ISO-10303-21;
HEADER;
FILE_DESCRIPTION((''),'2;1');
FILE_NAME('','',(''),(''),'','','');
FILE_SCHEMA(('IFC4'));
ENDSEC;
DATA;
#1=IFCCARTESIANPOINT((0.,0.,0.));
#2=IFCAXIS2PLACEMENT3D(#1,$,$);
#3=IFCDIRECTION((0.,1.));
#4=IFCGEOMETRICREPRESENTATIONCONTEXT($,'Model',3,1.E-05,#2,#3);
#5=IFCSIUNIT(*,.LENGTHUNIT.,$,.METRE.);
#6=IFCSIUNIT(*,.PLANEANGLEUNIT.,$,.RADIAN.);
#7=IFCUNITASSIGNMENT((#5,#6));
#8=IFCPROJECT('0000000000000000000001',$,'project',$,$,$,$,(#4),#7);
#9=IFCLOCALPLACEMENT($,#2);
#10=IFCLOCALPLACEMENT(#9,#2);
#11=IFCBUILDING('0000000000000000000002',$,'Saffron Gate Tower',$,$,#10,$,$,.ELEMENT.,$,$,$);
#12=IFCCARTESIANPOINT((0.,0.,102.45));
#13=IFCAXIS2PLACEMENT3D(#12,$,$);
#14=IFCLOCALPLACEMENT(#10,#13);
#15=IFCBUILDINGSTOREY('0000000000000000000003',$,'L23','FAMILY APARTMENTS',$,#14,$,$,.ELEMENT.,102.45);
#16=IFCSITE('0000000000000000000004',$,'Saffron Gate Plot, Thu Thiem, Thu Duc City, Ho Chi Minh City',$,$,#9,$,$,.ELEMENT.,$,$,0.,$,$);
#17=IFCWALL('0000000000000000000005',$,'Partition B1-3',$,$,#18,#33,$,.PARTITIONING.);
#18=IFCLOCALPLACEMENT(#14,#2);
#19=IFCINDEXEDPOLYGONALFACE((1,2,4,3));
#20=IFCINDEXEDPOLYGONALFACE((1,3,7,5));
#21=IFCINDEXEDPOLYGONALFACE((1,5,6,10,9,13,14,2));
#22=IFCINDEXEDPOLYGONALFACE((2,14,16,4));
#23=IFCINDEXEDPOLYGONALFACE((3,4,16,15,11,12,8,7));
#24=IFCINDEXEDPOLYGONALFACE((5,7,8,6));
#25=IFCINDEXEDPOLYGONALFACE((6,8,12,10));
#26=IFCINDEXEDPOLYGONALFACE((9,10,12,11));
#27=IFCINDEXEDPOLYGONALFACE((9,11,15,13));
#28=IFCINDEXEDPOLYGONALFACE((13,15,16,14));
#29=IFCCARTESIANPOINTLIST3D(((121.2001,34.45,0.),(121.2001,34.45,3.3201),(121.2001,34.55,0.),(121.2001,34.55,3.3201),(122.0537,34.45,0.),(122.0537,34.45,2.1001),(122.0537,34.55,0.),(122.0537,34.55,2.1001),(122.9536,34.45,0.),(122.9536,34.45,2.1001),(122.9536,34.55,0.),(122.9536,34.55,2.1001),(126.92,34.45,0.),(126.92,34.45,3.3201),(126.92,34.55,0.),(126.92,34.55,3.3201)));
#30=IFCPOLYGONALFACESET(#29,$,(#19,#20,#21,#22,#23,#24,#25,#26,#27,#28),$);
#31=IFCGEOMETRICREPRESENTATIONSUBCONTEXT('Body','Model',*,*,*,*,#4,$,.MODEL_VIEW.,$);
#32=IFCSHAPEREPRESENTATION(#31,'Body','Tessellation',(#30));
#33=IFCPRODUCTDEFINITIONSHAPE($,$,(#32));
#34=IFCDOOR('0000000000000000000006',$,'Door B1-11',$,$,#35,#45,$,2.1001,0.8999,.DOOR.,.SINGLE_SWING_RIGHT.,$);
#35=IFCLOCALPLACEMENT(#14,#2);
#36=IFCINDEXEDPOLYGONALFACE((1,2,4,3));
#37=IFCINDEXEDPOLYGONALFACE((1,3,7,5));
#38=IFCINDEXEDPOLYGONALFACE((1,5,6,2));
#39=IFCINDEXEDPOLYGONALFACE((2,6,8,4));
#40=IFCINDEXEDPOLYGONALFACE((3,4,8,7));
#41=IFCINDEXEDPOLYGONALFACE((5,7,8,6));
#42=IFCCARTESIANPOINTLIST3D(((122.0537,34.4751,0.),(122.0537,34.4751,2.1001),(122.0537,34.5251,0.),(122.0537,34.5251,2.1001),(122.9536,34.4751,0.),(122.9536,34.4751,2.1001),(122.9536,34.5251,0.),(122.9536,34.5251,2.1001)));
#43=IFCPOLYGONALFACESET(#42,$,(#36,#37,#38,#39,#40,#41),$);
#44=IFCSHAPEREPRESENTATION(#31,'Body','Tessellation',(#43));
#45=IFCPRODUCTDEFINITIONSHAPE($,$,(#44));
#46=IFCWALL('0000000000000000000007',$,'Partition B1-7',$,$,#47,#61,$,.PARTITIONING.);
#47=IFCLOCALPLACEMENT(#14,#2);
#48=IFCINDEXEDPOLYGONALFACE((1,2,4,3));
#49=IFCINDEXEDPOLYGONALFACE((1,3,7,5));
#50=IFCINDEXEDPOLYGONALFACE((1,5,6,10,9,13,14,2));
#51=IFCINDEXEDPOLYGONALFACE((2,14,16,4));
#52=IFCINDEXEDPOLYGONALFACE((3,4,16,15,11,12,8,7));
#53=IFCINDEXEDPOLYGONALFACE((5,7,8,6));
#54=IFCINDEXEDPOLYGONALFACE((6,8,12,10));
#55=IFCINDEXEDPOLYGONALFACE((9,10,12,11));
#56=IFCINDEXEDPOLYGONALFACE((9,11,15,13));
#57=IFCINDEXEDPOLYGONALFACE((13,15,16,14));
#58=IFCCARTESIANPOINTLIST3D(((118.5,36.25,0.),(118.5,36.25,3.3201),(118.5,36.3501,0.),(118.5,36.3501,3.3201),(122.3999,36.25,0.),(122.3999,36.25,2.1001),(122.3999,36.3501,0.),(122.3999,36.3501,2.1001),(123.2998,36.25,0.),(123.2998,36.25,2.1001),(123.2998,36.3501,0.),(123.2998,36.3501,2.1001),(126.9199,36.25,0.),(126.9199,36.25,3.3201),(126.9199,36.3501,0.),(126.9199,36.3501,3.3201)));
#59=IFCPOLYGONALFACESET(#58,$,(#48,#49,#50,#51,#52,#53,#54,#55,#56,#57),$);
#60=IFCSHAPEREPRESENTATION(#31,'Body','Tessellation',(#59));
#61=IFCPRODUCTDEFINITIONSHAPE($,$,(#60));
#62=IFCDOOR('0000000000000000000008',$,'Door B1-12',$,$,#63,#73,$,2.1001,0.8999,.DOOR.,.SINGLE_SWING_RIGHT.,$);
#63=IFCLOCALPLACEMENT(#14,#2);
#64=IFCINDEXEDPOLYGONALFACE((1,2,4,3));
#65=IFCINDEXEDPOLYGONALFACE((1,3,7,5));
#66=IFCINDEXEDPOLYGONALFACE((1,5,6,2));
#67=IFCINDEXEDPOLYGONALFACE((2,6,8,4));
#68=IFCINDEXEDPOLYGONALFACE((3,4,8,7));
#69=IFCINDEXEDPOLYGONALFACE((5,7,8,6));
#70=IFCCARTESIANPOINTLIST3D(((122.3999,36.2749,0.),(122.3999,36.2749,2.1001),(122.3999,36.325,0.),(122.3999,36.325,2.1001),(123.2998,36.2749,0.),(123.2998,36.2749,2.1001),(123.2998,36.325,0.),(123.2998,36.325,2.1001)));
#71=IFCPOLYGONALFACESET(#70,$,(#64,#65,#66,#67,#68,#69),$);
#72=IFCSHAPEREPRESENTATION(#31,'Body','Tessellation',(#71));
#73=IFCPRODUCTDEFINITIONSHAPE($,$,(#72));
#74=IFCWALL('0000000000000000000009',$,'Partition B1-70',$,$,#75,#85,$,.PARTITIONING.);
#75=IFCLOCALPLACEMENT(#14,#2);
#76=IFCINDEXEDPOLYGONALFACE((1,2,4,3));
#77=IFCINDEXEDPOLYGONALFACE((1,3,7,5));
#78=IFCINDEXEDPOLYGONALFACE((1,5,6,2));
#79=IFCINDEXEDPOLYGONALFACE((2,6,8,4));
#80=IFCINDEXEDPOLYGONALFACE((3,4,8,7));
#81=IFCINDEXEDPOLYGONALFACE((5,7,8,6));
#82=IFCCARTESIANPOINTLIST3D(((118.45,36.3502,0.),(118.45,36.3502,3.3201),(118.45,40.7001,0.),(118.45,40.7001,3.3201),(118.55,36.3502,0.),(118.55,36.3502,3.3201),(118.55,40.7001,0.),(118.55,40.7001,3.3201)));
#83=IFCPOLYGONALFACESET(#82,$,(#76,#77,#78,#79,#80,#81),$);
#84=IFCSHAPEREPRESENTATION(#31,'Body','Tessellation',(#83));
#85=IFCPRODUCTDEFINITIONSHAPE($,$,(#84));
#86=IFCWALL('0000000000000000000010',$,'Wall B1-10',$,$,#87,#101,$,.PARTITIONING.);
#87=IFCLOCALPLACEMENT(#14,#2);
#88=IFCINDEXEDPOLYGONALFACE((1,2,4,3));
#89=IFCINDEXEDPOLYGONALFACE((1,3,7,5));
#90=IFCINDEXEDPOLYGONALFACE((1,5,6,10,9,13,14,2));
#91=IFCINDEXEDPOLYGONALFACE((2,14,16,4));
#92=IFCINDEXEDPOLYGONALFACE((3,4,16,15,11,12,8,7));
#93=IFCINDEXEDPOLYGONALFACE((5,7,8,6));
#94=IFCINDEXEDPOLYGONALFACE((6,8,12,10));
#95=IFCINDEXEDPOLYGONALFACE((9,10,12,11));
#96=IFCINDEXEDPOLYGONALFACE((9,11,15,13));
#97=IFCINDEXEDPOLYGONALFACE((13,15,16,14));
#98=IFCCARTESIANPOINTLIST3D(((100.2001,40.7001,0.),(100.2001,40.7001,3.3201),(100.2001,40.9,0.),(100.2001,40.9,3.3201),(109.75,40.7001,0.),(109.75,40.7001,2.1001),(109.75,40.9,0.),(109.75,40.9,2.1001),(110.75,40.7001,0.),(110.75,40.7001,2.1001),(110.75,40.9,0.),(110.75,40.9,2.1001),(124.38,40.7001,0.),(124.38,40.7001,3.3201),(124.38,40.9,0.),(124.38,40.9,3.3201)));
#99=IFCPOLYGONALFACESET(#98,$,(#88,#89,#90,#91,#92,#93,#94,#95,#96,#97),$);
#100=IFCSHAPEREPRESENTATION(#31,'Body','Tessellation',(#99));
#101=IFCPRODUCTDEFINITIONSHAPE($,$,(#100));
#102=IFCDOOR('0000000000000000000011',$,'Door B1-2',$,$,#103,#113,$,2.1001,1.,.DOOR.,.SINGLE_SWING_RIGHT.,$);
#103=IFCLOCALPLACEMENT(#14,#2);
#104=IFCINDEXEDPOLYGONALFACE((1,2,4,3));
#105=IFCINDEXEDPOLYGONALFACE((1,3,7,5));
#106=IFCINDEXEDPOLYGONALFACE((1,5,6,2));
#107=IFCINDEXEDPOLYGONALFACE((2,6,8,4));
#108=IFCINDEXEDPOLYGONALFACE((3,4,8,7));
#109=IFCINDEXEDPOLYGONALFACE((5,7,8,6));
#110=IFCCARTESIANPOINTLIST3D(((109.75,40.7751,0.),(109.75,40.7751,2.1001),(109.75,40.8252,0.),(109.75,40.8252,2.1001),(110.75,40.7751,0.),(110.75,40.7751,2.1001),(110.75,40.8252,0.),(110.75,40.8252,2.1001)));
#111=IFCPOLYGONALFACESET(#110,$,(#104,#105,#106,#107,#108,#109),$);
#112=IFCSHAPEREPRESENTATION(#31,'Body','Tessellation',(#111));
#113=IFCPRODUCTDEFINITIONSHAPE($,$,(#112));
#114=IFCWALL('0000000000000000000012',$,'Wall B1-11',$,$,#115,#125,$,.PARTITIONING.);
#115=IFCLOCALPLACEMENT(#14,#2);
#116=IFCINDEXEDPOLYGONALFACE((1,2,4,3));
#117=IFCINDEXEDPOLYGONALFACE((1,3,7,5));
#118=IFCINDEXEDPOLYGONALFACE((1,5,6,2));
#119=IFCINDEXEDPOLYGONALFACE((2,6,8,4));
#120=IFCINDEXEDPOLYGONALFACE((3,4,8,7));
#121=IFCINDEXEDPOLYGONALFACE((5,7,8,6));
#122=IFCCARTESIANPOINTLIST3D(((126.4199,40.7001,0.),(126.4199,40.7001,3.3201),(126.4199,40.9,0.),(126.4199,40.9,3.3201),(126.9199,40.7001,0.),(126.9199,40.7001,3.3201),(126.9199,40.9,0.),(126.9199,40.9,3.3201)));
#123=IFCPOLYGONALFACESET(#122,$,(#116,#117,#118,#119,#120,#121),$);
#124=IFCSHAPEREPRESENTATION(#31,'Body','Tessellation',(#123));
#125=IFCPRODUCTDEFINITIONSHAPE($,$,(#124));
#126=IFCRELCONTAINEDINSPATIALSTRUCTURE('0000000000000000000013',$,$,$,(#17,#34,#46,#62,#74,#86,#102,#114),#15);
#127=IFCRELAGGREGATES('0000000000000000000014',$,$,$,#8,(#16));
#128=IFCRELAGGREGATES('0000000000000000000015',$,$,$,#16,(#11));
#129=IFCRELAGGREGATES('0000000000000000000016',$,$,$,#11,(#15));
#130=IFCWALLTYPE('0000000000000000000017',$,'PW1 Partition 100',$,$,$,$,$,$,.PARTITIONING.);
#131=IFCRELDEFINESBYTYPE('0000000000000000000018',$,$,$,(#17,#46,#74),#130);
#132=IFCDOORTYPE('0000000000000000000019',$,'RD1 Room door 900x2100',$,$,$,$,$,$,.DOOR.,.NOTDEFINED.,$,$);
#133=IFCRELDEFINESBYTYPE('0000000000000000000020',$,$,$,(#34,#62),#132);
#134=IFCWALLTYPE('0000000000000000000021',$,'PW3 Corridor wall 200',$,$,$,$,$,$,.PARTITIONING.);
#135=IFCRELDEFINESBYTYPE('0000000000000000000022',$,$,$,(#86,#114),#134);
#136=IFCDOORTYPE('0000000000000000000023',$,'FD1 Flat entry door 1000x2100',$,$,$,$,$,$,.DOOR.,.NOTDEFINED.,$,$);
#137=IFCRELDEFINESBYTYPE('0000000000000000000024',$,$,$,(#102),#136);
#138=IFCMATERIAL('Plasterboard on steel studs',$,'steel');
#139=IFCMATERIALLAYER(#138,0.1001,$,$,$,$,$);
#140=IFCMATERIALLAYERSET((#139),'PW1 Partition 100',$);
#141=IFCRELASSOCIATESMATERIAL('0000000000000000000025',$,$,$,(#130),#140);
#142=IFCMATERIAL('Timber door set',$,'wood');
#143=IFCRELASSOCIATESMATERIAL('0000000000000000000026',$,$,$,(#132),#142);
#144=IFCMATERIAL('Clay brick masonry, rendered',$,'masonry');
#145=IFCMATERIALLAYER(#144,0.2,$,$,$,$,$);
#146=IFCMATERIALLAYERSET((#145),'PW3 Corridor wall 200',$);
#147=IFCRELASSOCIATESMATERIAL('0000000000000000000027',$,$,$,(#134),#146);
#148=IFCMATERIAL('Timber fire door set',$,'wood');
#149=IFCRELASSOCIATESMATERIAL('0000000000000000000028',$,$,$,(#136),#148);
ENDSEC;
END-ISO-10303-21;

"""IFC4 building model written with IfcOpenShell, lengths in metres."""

from ifc_helpers import new_model, si_unit, direction, frame, frame_2d, origin, place, context, subcontext, project, spatial, rectangle, extrude, material, layer, layer_set, type_object, element, fill, save


model = new_model("IFC4")

# Units and contexts
model_context = context("Model", 3, precision=1e-05, world=origin(), true_north=direction((0.0, 1.0)))
body_context = subcontext(model_context, "Body", "Model", "MODEL_VIEW")
ifc_project = project(units=[si_unit("LENGTHUNIT", "METRE"), si_unit("PLANEANGLEUNIT", "RADIAN")], contexts=[model_context])

# Site, building, storey
site_placement = place(None, origin())
site = spatial("IfcSite", under=ifc_project, at=site_placement, Name="Saffron Gate Plot, Thu Thiem, Thu Duc City, Ho Chi Minh City", CompositionType="ELEMENT", RefElevation=0.0)
building_placement = place(site_placement, origin())
building = spatial("IfcBuilding", under=site, at=building_placement, Name="Saffron Gate Tower", CompositionType="ELEMENT")
storey_placement = place(building_placement, frame((0.0, 0.0, 102.45)))
storey = spatial("IfcBuildingStorey", under=building, at=storey_placement, Name="L23", Description="FAMILY APARTMENTS", CompositionType="ELEMENT", Elevation=102.45)

# Walls, openings, doors
ifc_material_1 = material(Name="Plasterboard on steel studs", Category="steel")
ifc_layer_1 = layer(ifc_material_1, 0.1001)
ifc_layer_set_1 = layer_set([ifc_layer_1], Name="PW1 Partition 100")
wall_type_1 = type_object("IfcWallType", Name="PW1 Partition 100", PredefinedType="PARTITIONING", material=ifc_layer_set_1)
ifc_material_2 = material(Name="Timber door set", Category="wood")
door_type_1 = type_object("IfcDoorType", Name="RD1 Room door 900x2100", OperationType="NOTDEFINED", PredefinedType="DOOR", material=ifc_material_2)
wall_1_placement = place(storey_placement, frame((126.9199, 34.5, 0.0), z_axis=(0.0, 0.0, 1.0), x_axis=(-1.0, 0.0, 0.0)))
wall_1 = element("IfcWall", 1, at=wall_1_placement, inside=storey, type_object=wall_type_1, Name="Partition B1-3", PredefinedType="PARTITIONING", context=body_context, shape_type="SweptSolid", body=[
    extrude(rectangle(XDim=5.72, YDim=0.1001, at=frame_2d((2.8599, 0.0))), origin(), (0.0, 0.0, 1.0), 3.3201),
])
opening_1_placement = place(wall_1_placement, frame((3.9663, 0.0, 0.0)))
opening_1 = element("IfcOpeningElement", 2, at=opening_1_placement, cuts=wall_1, PredefinedType="OPENING", context=body_context, shape_type="SweptSolid", body=[
    extrude(rectangle(XDim=0.8999, YDim=2.1001, at=frame_2d((0.45, 1.05))), frame((0.0, 0.0601, 0.0), z_axis=(0.0, -1.0, 0.0), x_axis=(1.0, 0.0, 0.0)), (0.0, 0.0, 1.0), 0.1201),
])
door_1_placement = place(opening_1_placement, origin())
door_1 = element("IfcDoor", 3, at=door_1_placement, inside=storey, type_object=door_type_1, Name="Door B1-11", OperationType="SINGLE_SWING_RIGHT", OverallHeight=2.1001, OverallWidth=0.8999, PredefinedType="DOOR", context=body_context, shape_type="SweptSolid", body=[
    extrude(rectangle(XDim=0.8999, YDim=2.1001, at=frame_2d((0.45, 1.05))), frame((0.0, 0.0249, 0.0), z_axis=(0.0, -1.0, 0.0), x_axis=(1.0, 0.0, 0.0)), (0.0, 0.0, 1.0), 0.05),
])
fill(opening_1, door_1)
wall_2_placement = place(storey_placement, frame((118.5, 36.3, 0.0), z_axis=(0.0, 0.0, 1.0), x_axis=(1.0, 0.0, 0.0)))
wall_2 = element("IfcWall", 4, at=wall_2_placement, inside=storey, type_object=wall_type_1, Name="Partition B1-7", PredefinedType="PARTITIONING", context=body_context, shape_type="SweptSolid", body=[
    extrude(rectangle(XDim=8.4199, YDim=0.1001, at=frame_2d((4.21, 0.0))), origin(), (0.0, 0.0, 1.0), 3.3201),
])
opening_2_placement = place(wall_2_placement, frame((3.8999, 0.0, 0.0)))
opening_2 = element("IfcOpeningElement", 5, at=opening_2_placement, cuts=wall_2, PredefinedType="OPENING", context=body_context, shape_type="SweptSolid", body=[
    extrude(rectangle(XDim=0.8999, YDim=2.1001, at=frame_2d((0.45, 1.05))), frame((0.0, 0.0601, 0.0), z_axis=(0.0, -1.0, 0.0), x_axis=(1.0, 0.0, 0.0)), (0.0, 0.0, 1.0), 0.1201),
])
door_2_placement = place(opening_2_placement, origin())
door_2 = element("IfcDoor", 6, at=door_2_placement, inside=storey, type_object=door_type_1, Name="Door B1-12", OperationType="SINGLE_SWING_RIGHT", OverallHeight=2.1001, OverallWidth=0.8999, PredefinedType="DOOR", context=body_context, shape_type="SweptSolid", body=[
    extrude(rectangle(XDim=0.8999, YDim=2.1001, at=frame_2d((0.45, 1.05))), frame((0.0, 0.0249, 0.0), z_axis=(0.0, -1.0, 0.0), x_axis=(1.0, 0.0, 0.0)), (0.0, 0.0, 1.0), 0.05),
])
fill(opening_2, door_2)

# Wall
wall_3_placement = place(storey_placement, frame((118.5, 40.7, 0.0), z_axis=(0.0, 0.0, 1.0), x_axis=(0.0, -1.0, 0.0)))
element("IfcWall", 7, at=wall_3_placement, inside=storey, type_object=wall_type_1, Name="Partition B1-70", PredefinedType="PARTITIONING", context=body_context, shape_type="SweptSolid", body=[
    extrude(rectangle(XDim=4.3499, YDim=0.1001, at=frame_2d((2.1748, 0.0))), origin(), (0.0, 0.0, 1.0), 3.3201),
])

# Wall, opening, door
ifc_material_3 = material(Name="Clay brick masonry, rendered", Category="masonry")
ifc_layer_2 = layer(ifc_material_3, 0.2)
ifc_layer_set_2 = layer_set([ifc_layer_2], Name="PW3 Corridor wall 200")
wall_type_2 = type_object("IfcWallType", Name="PW3 Corridor wall 200", PredefinedType="PARTITIONING", material=ifc_layer_set_2)
wall_4_placement = place(storey_placement, frame((124.3799, 40.8, 0.0), z_axis=(0.0, 0.0, 1.0), x_axis=(-1.0, 0.0, 0.0)))
wall_4 = element("IfcWall", 8, at=wall_4_placement, inside=storey, type_object=wall_type_2, Name="Wall B1-10", PredefinedType="PARTITIONING", context=body_context, shape_type="SweptSolid", body=[
    extrude(rectangle(XDim=24.1799, YDim=0.2, at=frame_2d((12.0898, 0.0))), origin(), (0.0, 0.0, 1.0), 3.3201),
])
opening_3_placement = place(wall_4_placement, frame((13.6299, 0.0, 0.0)))
opening_3 = element("IfcOpeningElement", 9, at=opening_3_placement, cuts=wall_4, PredefinedType="OPENING", context=body_context, shape_type="SweptSolid", body=[
    extrude(rectangle(XDim=1.0, YDim=2.1001, at=frame_2d((0.5, 1.05))), frame((0.0, 0.1099, 0.0), z_axis=(0.0, -1.0, 0.0), x_axis=(1.0, 0.0, 0.0)), (0.0, 0.0, 1.0), 0.22),
])
ifc_material_4 = material(Name="Timber fire door set", Category="wood")
door_type_2 = type_object("IfcDoorType", Name="FD1 Flat entry door 1000x2100", OperationType="NOTDEFINED", PredefinedType="DOOR", material=ifc_material_4)
door_3_placement = place(opening_3_placement, origin())
door_3 = element("IfcDoor", 10, at=door_3_placement, inside=storey, type_object=door_type_2, Name="Door B1-2", OperationType="SINGLE_SWING_RIGHT", OverallHeight=2.1001, OverallWidth=1.0, PredefinedType="DOOR", context=body_context, shape_type="SweptSolid", body=[
    extrude(rectangle(XDim=1.0, YDim=2.1001, at=frame_2d((0.5, 1.05))), frame((0.0, 0.0249, 0.0), z_axis=(0.0, -1.0, 0.0), x_axis=(1.0, 0.0, 0.0)), (0.0, 0.0, 1.0), 0.05),
])
fill(opening_3, door_3)

# Wall
wall_5_placement = place(storey_placement, frame((126.4199, 40.8, 0.0), z_axis=(0.0, 0.0, 1.0), x_axis=(1.0, 0.0, 0.0)))
element("IfcWall", 11, at=wall_5_placement, inside=storey, type_object=wall_type_2, Name="Wall B1-11", PredefinedType="PARTITIONING", context=body_context, shape_type="SweptSolid", body=[
    extrude(rectangle(XDim=0.5, YDim=0.2, at=frame_2d((0.25, 0.0))), origin(), (0.0, 0.0, 1.0), 3.3201),
])

save(model, "model.ifc")
